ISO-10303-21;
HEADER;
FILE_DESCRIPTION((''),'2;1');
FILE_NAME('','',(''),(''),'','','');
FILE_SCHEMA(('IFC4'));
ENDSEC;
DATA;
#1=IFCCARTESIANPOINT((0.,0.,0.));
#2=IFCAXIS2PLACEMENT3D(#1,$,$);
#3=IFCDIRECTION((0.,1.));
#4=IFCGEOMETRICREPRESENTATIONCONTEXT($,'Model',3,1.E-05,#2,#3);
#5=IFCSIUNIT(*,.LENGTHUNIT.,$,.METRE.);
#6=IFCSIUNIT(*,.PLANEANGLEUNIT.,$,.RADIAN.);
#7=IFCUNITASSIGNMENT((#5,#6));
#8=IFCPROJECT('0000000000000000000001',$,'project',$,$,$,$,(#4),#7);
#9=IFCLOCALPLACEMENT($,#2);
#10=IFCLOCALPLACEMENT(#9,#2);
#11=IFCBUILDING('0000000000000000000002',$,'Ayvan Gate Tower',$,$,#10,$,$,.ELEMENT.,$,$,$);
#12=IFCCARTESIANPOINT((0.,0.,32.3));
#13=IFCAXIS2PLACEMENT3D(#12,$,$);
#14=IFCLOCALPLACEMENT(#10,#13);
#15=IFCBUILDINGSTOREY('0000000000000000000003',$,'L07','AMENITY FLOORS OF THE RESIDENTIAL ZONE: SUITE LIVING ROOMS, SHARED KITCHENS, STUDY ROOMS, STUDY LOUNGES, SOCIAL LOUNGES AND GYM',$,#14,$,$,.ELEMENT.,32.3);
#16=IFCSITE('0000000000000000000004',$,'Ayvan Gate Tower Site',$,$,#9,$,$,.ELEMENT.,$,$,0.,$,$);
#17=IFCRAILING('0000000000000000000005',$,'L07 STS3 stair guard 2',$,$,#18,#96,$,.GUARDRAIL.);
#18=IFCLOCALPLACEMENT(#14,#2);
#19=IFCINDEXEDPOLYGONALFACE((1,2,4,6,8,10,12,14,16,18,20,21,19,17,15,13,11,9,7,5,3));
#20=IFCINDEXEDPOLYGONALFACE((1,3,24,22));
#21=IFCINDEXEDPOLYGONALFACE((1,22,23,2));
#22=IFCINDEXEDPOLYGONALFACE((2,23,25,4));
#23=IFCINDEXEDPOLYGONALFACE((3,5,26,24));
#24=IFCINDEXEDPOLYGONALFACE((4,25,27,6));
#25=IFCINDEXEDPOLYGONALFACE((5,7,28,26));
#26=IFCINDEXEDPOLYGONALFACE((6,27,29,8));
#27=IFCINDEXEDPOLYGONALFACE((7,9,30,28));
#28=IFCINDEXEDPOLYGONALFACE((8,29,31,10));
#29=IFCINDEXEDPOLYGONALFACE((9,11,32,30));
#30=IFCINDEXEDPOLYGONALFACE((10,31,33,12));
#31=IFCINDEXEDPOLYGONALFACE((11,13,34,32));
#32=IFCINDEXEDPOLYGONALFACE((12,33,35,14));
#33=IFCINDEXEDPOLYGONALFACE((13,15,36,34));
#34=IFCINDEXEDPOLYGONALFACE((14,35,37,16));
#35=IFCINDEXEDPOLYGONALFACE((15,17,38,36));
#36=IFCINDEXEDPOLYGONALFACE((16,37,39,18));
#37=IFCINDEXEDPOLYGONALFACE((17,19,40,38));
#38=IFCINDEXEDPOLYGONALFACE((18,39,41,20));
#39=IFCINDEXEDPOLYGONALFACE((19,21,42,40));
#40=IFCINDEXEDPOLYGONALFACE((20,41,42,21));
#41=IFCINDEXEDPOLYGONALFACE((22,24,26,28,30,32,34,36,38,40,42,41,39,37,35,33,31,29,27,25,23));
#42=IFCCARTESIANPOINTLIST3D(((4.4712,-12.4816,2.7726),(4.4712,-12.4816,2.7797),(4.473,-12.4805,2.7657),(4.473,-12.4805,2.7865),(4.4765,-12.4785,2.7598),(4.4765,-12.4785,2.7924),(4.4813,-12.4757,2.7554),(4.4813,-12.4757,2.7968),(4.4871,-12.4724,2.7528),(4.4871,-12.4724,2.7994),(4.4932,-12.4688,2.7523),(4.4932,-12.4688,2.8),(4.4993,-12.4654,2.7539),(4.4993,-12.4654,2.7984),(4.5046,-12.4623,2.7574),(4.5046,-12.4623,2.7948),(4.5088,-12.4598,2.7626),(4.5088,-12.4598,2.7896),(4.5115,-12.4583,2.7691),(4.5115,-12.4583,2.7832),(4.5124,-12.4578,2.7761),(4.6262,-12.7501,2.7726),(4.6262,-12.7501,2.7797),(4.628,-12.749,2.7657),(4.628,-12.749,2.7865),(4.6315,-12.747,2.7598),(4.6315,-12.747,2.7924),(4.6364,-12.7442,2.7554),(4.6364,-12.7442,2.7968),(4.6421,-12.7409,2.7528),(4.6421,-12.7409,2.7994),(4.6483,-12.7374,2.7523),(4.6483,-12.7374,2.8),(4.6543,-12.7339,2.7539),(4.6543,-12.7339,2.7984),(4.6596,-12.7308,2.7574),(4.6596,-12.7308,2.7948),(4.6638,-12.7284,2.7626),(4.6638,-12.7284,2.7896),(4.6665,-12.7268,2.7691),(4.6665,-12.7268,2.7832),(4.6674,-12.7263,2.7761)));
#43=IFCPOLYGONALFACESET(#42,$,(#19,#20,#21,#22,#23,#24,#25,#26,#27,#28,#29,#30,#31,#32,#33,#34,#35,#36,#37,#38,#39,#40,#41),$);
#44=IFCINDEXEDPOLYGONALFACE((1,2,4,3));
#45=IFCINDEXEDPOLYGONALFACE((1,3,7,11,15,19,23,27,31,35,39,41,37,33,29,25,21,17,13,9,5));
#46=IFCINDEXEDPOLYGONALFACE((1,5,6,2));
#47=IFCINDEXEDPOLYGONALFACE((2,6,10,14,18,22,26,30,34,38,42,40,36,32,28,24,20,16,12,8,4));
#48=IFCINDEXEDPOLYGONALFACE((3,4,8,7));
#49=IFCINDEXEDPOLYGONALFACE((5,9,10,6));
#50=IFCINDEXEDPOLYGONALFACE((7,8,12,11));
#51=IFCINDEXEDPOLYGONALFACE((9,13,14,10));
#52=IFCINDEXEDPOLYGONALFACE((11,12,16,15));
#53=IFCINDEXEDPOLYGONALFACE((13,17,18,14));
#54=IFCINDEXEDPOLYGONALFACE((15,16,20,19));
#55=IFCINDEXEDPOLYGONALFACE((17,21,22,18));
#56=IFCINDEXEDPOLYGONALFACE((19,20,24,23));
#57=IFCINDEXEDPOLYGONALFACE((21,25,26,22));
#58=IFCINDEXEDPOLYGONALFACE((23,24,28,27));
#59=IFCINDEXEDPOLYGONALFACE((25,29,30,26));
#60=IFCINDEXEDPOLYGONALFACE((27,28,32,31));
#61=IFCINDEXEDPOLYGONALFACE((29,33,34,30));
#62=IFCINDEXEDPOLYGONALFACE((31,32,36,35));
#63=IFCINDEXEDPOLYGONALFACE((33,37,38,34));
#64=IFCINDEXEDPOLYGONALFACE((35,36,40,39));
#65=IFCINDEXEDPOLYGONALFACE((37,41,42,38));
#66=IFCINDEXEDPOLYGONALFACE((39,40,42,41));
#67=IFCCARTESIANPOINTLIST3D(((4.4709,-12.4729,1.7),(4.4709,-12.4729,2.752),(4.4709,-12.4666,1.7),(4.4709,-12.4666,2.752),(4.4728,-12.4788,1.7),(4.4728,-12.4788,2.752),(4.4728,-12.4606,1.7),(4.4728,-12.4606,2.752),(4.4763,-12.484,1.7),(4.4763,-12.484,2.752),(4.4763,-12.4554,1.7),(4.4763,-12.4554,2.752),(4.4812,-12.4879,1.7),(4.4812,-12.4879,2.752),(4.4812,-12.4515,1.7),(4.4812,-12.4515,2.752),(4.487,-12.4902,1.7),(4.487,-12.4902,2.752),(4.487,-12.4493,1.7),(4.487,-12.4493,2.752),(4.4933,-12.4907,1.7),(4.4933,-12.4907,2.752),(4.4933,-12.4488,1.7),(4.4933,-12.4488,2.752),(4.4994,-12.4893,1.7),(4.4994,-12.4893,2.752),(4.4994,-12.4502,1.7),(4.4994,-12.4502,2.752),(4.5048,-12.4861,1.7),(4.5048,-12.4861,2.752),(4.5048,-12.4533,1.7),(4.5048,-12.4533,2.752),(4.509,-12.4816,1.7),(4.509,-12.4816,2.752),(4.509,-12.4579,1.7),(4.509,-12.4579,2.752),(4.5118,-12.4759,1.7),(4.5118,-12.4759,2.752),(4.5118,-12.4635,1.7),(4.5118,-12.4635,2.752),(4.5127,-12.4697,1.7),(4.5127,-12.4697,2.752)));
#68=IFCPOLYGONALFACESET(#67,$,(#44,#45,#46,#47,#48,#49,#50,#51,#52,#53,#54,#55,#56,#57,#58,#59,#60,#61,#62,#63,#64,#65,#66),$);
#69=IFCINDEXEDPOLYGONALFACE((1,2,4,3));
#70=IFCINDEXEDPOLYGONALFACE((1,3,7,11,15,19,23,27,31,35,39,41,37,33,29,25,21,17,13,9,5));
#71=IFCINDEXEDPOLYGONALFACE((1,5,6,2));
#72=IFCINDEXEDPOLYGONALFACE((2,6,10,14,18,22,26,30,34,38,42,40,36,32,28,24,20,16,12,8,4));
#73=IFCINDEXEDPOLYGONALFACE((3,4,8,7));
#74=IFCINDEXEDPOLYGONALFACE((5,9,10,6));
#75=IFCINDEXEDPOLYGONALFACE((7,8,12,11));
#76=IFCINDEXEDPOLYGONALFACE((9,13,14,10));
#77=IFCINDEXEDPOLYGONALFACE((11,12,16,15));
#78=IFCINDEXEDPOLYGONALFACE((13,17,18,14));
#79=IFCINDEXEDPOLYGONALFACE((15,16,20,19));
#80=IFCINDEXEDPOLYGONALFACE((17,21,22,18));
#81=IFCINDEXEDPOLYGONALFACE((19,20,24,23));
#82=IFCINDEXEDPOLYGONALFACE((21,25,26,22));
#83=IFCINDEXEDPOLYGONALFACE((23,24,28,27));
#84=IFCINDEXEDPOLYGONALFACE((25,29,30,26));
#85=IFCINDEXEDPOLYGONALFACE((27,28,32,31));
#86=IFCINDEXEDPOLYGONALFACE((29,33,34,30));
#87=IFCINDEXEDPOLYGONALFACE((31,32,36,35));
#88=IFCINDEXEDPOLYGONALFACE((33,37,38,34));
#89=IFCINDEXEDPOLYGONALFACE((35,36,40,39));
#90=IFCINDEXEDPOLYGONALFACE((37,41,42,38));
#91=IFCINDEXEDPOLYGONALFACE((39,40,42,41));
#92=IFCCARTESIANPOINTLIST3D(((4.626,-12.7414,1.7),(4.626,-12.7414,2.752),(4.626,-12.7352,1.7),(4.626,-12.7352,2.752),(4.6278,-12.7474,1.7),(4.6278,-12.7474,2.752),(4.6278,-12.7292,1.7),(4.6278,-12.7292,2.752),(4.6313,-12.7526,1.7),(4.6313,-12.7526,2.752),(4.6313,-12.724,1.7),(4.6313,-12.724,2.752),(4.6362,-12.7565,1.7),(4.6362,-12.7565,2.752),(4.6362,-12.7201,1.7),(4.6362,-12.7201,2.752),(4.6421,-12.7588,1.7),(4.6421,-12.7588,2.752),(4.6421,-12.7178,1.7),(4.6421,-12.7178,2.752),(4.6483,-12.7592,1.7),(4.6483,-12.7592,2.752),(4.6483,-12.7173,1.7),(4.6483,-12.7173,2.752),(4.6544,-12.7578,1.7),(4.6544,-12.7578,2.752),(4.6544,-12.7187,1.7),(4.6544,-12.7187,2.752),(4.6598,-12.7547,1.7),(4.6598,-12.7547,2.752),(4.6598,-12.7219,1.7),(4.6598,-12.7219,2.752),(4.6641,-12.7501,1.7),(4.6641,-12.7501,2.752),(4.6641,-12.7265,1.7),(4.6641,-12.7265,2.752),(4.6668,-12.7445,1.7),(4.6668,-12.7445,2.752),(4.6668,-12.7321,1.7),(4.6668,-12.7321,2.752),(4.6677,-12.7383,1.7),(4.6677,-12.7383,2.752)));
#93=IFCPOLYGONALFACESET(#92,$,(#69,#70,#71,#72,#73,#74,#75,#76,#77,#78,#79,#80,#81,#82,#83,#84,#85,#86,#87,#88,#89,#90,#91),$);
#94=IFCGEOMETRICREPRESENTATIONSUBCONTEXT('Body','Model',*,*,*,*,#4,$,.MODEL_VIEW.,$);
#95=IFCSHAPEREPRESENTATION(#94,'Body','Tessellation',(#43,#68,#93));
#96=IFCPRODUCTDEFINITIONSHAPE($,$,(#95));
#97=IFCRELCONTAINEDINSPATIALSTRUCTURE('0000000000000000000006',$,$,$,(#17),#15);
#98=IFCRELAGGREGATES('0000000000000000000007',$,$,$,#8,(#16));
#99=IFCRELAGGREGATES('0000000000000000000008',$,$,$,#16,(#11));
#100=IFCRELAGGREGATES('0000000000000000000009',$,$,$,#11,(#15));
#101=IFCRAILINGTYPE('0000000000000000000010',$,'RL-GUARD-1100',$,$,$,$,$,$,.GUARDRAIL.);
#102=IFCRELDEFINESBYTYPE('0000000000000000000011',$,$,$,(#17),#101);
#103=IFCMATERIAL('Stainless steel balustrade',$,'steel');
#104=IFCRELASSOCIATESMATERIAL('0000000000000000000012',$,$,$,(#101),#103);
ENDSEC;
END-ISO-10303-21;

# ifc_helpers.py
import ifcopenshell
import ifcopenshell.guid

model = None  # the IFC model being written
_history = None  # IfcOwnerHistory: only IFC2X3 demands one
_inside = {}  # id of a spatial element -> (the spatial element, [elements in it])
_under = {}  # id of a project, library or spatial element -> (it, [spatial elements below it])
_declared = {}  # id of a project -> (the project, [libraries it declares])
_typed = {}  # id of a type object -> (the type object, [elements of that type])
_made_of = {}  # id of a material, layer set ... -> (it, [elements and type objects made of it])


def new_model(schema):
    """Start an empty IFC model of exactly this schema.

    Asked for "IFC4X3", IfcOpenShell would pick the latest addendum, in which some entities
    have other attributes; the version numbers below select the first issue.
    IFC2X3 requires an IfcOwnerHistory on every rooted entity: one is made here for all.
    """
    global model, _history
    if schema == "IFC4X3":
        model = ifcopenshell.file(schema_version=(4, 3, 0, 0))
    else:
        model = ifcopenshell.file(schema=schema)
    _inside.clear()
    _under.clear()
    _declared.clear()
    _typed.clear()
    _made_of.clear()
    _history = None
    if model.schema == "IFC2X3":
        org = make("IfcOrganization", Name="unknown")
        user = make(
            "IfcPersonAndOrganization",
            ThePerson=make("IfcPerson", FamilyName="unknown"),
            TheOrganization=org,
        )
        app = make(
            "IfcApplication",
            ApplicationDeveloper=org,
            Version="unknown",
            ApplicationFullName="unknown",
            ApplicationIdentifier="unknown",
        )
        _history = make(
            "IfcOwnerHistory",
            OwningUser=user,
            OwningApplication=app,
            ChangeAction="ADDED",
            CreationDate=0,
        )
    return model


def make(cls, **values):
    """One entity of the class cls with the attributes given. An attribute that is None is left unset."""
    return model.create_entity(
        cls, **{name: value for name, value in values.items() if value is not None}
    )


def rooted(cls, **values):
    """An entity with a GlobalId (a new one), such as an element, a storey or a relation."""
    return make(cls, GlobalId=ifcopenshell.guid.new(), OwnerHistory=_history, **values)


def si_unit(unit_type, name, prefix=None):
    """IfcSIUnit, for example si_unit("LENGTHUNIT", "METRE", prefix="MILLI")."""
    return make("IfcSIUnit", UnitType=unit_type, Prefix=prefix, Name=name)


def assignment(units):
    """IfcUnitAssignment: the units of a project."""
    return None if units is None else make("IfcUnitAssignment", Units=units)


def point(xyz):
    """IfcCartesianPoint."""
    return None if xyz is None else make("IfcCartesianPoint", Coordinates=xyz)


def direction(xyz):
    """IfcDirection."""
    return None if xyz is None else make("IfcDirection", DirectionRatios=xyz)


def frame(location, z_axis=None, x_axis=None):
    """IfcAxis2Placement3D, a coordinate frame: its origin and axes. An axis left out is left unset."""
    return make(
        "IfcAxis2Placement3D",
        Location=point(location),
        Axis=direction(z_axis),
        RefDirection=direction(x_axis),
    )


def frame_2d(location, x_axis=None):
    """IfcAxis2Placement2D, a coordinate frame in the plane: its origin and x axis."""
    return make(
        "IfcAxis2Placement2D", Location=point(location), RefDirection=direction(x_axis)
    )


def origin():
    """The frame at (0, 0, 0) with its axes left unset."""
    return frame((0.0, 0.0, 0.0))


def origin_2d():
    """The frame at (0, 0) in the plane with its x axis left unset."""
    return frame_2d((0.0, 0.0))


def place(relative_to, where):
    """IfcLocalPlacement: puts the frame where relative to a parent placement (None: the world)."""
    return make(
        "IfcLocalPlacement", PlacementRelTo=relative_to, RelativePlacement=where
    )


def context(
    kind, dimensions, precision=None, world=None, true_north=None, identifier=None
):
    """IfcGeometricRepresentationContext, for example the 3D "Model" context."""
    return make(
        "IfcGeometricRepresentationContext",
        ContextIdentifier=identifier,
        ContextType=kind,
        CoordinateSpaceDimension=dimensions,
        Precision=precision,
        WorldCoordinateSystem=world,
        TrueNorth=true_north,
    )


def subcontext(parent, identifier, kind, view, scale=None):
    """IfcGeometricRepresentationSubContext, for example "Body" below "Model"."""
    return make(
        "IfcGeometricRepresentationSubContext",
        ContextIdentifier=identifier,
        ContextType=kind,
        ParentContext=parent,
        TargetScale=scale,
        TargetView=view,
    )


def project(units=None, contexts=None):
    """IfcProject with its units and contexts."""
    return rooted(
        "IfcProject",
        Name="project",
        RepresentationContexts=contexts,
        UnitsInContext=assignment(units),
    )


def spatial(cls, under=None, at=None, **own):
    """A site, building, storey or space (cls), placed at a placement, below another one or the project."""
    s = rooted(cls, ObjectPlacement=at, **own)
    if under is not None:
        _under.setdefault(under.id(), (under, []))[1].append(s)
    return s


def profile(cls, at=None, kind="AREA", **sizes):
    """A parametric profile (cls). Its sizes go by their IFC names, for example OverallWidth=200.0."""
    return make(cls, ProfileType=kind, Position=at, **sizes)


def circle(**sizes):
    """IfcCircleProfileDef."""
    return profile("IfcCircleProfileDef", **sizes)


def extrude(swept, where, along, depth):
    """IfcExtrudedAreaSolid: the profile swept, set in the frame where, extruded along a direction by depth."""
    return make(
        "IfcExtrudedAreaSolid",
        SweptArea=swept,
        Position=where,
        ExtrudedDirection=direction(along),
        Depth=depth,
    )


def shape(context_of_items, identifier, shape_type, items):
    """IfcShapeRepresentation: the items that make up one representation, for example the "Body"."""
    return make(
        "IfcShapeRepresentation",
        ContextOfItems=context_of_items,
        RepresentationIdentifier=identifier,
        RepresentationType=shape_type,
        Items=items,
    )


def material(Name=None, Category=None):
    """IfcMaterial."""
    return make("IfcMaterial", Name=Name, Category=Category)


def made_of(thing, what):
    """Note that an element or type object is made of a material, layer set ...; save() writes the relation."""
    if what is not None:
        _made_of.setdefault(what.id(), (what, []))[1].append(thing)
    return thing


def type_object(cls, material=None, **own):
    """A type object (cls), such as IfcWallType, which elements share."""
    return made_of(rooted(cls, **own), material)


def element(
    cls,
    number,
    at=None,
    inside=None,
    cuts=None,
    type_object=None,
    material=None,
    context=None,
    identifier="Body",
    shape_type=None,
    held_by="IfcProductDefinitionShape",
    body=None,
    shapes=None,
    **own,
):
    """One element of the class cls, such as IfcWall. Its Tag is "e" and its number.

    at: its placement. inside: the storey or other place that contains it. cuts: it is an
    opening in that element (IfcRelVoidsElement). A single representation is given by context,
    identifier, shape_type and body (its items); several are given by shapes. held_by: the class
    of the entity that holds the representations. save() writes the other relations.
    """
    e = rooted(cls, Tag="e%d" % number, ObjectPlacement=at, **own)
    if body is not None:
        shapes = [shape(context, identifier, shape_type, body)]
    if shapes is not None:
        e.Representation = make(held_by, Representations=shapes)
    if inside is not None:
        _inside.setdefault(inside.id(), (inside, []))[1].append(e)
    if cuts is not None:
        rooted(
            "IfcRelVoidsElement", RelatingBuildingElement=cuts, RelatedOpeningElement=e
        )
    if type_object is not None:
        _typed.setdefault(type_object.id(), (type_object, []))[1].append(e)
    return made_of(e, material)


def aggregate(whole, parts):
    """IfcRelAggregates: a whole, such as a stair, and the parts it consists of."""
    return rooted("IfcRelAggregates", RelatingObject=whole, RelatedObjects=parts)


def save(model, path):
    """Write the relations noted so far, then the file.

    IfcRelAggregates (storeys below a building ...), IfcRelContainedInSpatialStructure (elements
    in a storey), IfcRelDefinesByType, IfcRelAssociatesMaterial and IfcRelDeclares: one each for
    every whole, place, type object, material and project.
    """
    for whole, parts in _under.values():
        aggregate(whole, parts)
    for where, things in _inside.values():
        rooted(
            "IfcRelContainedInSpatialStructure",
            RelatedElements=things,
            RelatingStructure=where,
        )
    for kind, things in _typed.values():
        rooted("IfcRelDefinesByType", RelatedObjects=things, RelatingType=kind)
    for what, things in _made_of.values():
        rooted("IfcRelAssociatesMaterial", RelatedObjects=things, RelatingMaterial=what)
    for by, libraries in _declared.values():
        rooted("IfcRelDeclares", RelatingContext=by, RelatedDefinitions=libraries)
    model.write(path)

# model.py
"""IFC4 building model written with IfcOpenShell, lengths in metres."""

from ifc_helpers import new_model, si_unit, direction, frame, origin, origin_2d, place, context, subcontext, project, spatial, circle, extrude, material, type_object, element, save


model = new_model("IFC4")

# Units and contexts
model_context = context("Model", 3, precision=1e-05, world=origin(), true_north=direction((0.0, 1.0)))
body_context = subcontext(model_context, "Body", "Model", "MODEL_VIEW")
ifc_project = project(units=[si_unit("LENGTHUNIT", "METRE"), si_unit("PLANEANGLEUNIT", "RADIAN")], contexts=[model_context])

# Site, building, storey
site_placement = place(None, origin())
site = spatial("IfcSite", under=ifc_project, at=site_placement, Name="Ayvan Gate Tower Site", CompositionType="ELEMENT", RefElevation=0.0)
building_placement = place(site_placement, origin())
building = spatial("IfcBuilding", under=site, at=building_placement, Name="Ayvan Gate Tower", CompositionType="ELEMENT")
storey_placement = place(building_placement, frame((0.0, 0.0, 32.3)))
storey = spatial("IfcBuildingStorey", under=building, at=storey_placement, Name="L07", Description="AMENITY FLOORS OF THE RESIDENTIAL ZONE: SUITE LIVING ROOMS, SHARED KITCHENS, STUDY ROOMS, STUDY LOUNGES, SOCIAL LOUNGES AND GYM", CompositionType="ELEMENT", Elevation=32.3)

# Railing
ifc_material_1 = material(Name="Stainless steel balustrade", Category="steel")
railing_type_1 = type_object("IfcRailingType", Name="RL-GUARD-1100", PredefinedType="GUARDRAIL", material=ifc_material_1)
railing_1_placement = place(storey_placement, frame((4.4917, -12.4697, 1.7)))
element("IfcRailing", 1, at=railing_1_placement, inside=storey, type_object=railing_type_1, Name="L07 STS3 stair guard 2", PredefinedType="GUARDRAIL", context=body_context, shape_type="SweptSolid", body=[
    extrude(circle(Radius=0.0239, at=origin_2d()), frame((0.0, 0.0, 1.0762), z_axis=(0.49995, -0.866054, 0.0), x_axis=(0.866054, 0.49995, 0.0)), (0.0, 0.0, 1.0), 0.3101),
    extrude(circle(Radius=0.021, at=origin_2d()), origin(), (0.0, 0.0, 1.0), 1.052),
    extrude(circle(Radius=0.021, at=origin_2d()), frame((0.155, -0.2686, 0.0)), (0.0, 0.0, 1.0), 1.052),
])

save(model, "model.ifc")
